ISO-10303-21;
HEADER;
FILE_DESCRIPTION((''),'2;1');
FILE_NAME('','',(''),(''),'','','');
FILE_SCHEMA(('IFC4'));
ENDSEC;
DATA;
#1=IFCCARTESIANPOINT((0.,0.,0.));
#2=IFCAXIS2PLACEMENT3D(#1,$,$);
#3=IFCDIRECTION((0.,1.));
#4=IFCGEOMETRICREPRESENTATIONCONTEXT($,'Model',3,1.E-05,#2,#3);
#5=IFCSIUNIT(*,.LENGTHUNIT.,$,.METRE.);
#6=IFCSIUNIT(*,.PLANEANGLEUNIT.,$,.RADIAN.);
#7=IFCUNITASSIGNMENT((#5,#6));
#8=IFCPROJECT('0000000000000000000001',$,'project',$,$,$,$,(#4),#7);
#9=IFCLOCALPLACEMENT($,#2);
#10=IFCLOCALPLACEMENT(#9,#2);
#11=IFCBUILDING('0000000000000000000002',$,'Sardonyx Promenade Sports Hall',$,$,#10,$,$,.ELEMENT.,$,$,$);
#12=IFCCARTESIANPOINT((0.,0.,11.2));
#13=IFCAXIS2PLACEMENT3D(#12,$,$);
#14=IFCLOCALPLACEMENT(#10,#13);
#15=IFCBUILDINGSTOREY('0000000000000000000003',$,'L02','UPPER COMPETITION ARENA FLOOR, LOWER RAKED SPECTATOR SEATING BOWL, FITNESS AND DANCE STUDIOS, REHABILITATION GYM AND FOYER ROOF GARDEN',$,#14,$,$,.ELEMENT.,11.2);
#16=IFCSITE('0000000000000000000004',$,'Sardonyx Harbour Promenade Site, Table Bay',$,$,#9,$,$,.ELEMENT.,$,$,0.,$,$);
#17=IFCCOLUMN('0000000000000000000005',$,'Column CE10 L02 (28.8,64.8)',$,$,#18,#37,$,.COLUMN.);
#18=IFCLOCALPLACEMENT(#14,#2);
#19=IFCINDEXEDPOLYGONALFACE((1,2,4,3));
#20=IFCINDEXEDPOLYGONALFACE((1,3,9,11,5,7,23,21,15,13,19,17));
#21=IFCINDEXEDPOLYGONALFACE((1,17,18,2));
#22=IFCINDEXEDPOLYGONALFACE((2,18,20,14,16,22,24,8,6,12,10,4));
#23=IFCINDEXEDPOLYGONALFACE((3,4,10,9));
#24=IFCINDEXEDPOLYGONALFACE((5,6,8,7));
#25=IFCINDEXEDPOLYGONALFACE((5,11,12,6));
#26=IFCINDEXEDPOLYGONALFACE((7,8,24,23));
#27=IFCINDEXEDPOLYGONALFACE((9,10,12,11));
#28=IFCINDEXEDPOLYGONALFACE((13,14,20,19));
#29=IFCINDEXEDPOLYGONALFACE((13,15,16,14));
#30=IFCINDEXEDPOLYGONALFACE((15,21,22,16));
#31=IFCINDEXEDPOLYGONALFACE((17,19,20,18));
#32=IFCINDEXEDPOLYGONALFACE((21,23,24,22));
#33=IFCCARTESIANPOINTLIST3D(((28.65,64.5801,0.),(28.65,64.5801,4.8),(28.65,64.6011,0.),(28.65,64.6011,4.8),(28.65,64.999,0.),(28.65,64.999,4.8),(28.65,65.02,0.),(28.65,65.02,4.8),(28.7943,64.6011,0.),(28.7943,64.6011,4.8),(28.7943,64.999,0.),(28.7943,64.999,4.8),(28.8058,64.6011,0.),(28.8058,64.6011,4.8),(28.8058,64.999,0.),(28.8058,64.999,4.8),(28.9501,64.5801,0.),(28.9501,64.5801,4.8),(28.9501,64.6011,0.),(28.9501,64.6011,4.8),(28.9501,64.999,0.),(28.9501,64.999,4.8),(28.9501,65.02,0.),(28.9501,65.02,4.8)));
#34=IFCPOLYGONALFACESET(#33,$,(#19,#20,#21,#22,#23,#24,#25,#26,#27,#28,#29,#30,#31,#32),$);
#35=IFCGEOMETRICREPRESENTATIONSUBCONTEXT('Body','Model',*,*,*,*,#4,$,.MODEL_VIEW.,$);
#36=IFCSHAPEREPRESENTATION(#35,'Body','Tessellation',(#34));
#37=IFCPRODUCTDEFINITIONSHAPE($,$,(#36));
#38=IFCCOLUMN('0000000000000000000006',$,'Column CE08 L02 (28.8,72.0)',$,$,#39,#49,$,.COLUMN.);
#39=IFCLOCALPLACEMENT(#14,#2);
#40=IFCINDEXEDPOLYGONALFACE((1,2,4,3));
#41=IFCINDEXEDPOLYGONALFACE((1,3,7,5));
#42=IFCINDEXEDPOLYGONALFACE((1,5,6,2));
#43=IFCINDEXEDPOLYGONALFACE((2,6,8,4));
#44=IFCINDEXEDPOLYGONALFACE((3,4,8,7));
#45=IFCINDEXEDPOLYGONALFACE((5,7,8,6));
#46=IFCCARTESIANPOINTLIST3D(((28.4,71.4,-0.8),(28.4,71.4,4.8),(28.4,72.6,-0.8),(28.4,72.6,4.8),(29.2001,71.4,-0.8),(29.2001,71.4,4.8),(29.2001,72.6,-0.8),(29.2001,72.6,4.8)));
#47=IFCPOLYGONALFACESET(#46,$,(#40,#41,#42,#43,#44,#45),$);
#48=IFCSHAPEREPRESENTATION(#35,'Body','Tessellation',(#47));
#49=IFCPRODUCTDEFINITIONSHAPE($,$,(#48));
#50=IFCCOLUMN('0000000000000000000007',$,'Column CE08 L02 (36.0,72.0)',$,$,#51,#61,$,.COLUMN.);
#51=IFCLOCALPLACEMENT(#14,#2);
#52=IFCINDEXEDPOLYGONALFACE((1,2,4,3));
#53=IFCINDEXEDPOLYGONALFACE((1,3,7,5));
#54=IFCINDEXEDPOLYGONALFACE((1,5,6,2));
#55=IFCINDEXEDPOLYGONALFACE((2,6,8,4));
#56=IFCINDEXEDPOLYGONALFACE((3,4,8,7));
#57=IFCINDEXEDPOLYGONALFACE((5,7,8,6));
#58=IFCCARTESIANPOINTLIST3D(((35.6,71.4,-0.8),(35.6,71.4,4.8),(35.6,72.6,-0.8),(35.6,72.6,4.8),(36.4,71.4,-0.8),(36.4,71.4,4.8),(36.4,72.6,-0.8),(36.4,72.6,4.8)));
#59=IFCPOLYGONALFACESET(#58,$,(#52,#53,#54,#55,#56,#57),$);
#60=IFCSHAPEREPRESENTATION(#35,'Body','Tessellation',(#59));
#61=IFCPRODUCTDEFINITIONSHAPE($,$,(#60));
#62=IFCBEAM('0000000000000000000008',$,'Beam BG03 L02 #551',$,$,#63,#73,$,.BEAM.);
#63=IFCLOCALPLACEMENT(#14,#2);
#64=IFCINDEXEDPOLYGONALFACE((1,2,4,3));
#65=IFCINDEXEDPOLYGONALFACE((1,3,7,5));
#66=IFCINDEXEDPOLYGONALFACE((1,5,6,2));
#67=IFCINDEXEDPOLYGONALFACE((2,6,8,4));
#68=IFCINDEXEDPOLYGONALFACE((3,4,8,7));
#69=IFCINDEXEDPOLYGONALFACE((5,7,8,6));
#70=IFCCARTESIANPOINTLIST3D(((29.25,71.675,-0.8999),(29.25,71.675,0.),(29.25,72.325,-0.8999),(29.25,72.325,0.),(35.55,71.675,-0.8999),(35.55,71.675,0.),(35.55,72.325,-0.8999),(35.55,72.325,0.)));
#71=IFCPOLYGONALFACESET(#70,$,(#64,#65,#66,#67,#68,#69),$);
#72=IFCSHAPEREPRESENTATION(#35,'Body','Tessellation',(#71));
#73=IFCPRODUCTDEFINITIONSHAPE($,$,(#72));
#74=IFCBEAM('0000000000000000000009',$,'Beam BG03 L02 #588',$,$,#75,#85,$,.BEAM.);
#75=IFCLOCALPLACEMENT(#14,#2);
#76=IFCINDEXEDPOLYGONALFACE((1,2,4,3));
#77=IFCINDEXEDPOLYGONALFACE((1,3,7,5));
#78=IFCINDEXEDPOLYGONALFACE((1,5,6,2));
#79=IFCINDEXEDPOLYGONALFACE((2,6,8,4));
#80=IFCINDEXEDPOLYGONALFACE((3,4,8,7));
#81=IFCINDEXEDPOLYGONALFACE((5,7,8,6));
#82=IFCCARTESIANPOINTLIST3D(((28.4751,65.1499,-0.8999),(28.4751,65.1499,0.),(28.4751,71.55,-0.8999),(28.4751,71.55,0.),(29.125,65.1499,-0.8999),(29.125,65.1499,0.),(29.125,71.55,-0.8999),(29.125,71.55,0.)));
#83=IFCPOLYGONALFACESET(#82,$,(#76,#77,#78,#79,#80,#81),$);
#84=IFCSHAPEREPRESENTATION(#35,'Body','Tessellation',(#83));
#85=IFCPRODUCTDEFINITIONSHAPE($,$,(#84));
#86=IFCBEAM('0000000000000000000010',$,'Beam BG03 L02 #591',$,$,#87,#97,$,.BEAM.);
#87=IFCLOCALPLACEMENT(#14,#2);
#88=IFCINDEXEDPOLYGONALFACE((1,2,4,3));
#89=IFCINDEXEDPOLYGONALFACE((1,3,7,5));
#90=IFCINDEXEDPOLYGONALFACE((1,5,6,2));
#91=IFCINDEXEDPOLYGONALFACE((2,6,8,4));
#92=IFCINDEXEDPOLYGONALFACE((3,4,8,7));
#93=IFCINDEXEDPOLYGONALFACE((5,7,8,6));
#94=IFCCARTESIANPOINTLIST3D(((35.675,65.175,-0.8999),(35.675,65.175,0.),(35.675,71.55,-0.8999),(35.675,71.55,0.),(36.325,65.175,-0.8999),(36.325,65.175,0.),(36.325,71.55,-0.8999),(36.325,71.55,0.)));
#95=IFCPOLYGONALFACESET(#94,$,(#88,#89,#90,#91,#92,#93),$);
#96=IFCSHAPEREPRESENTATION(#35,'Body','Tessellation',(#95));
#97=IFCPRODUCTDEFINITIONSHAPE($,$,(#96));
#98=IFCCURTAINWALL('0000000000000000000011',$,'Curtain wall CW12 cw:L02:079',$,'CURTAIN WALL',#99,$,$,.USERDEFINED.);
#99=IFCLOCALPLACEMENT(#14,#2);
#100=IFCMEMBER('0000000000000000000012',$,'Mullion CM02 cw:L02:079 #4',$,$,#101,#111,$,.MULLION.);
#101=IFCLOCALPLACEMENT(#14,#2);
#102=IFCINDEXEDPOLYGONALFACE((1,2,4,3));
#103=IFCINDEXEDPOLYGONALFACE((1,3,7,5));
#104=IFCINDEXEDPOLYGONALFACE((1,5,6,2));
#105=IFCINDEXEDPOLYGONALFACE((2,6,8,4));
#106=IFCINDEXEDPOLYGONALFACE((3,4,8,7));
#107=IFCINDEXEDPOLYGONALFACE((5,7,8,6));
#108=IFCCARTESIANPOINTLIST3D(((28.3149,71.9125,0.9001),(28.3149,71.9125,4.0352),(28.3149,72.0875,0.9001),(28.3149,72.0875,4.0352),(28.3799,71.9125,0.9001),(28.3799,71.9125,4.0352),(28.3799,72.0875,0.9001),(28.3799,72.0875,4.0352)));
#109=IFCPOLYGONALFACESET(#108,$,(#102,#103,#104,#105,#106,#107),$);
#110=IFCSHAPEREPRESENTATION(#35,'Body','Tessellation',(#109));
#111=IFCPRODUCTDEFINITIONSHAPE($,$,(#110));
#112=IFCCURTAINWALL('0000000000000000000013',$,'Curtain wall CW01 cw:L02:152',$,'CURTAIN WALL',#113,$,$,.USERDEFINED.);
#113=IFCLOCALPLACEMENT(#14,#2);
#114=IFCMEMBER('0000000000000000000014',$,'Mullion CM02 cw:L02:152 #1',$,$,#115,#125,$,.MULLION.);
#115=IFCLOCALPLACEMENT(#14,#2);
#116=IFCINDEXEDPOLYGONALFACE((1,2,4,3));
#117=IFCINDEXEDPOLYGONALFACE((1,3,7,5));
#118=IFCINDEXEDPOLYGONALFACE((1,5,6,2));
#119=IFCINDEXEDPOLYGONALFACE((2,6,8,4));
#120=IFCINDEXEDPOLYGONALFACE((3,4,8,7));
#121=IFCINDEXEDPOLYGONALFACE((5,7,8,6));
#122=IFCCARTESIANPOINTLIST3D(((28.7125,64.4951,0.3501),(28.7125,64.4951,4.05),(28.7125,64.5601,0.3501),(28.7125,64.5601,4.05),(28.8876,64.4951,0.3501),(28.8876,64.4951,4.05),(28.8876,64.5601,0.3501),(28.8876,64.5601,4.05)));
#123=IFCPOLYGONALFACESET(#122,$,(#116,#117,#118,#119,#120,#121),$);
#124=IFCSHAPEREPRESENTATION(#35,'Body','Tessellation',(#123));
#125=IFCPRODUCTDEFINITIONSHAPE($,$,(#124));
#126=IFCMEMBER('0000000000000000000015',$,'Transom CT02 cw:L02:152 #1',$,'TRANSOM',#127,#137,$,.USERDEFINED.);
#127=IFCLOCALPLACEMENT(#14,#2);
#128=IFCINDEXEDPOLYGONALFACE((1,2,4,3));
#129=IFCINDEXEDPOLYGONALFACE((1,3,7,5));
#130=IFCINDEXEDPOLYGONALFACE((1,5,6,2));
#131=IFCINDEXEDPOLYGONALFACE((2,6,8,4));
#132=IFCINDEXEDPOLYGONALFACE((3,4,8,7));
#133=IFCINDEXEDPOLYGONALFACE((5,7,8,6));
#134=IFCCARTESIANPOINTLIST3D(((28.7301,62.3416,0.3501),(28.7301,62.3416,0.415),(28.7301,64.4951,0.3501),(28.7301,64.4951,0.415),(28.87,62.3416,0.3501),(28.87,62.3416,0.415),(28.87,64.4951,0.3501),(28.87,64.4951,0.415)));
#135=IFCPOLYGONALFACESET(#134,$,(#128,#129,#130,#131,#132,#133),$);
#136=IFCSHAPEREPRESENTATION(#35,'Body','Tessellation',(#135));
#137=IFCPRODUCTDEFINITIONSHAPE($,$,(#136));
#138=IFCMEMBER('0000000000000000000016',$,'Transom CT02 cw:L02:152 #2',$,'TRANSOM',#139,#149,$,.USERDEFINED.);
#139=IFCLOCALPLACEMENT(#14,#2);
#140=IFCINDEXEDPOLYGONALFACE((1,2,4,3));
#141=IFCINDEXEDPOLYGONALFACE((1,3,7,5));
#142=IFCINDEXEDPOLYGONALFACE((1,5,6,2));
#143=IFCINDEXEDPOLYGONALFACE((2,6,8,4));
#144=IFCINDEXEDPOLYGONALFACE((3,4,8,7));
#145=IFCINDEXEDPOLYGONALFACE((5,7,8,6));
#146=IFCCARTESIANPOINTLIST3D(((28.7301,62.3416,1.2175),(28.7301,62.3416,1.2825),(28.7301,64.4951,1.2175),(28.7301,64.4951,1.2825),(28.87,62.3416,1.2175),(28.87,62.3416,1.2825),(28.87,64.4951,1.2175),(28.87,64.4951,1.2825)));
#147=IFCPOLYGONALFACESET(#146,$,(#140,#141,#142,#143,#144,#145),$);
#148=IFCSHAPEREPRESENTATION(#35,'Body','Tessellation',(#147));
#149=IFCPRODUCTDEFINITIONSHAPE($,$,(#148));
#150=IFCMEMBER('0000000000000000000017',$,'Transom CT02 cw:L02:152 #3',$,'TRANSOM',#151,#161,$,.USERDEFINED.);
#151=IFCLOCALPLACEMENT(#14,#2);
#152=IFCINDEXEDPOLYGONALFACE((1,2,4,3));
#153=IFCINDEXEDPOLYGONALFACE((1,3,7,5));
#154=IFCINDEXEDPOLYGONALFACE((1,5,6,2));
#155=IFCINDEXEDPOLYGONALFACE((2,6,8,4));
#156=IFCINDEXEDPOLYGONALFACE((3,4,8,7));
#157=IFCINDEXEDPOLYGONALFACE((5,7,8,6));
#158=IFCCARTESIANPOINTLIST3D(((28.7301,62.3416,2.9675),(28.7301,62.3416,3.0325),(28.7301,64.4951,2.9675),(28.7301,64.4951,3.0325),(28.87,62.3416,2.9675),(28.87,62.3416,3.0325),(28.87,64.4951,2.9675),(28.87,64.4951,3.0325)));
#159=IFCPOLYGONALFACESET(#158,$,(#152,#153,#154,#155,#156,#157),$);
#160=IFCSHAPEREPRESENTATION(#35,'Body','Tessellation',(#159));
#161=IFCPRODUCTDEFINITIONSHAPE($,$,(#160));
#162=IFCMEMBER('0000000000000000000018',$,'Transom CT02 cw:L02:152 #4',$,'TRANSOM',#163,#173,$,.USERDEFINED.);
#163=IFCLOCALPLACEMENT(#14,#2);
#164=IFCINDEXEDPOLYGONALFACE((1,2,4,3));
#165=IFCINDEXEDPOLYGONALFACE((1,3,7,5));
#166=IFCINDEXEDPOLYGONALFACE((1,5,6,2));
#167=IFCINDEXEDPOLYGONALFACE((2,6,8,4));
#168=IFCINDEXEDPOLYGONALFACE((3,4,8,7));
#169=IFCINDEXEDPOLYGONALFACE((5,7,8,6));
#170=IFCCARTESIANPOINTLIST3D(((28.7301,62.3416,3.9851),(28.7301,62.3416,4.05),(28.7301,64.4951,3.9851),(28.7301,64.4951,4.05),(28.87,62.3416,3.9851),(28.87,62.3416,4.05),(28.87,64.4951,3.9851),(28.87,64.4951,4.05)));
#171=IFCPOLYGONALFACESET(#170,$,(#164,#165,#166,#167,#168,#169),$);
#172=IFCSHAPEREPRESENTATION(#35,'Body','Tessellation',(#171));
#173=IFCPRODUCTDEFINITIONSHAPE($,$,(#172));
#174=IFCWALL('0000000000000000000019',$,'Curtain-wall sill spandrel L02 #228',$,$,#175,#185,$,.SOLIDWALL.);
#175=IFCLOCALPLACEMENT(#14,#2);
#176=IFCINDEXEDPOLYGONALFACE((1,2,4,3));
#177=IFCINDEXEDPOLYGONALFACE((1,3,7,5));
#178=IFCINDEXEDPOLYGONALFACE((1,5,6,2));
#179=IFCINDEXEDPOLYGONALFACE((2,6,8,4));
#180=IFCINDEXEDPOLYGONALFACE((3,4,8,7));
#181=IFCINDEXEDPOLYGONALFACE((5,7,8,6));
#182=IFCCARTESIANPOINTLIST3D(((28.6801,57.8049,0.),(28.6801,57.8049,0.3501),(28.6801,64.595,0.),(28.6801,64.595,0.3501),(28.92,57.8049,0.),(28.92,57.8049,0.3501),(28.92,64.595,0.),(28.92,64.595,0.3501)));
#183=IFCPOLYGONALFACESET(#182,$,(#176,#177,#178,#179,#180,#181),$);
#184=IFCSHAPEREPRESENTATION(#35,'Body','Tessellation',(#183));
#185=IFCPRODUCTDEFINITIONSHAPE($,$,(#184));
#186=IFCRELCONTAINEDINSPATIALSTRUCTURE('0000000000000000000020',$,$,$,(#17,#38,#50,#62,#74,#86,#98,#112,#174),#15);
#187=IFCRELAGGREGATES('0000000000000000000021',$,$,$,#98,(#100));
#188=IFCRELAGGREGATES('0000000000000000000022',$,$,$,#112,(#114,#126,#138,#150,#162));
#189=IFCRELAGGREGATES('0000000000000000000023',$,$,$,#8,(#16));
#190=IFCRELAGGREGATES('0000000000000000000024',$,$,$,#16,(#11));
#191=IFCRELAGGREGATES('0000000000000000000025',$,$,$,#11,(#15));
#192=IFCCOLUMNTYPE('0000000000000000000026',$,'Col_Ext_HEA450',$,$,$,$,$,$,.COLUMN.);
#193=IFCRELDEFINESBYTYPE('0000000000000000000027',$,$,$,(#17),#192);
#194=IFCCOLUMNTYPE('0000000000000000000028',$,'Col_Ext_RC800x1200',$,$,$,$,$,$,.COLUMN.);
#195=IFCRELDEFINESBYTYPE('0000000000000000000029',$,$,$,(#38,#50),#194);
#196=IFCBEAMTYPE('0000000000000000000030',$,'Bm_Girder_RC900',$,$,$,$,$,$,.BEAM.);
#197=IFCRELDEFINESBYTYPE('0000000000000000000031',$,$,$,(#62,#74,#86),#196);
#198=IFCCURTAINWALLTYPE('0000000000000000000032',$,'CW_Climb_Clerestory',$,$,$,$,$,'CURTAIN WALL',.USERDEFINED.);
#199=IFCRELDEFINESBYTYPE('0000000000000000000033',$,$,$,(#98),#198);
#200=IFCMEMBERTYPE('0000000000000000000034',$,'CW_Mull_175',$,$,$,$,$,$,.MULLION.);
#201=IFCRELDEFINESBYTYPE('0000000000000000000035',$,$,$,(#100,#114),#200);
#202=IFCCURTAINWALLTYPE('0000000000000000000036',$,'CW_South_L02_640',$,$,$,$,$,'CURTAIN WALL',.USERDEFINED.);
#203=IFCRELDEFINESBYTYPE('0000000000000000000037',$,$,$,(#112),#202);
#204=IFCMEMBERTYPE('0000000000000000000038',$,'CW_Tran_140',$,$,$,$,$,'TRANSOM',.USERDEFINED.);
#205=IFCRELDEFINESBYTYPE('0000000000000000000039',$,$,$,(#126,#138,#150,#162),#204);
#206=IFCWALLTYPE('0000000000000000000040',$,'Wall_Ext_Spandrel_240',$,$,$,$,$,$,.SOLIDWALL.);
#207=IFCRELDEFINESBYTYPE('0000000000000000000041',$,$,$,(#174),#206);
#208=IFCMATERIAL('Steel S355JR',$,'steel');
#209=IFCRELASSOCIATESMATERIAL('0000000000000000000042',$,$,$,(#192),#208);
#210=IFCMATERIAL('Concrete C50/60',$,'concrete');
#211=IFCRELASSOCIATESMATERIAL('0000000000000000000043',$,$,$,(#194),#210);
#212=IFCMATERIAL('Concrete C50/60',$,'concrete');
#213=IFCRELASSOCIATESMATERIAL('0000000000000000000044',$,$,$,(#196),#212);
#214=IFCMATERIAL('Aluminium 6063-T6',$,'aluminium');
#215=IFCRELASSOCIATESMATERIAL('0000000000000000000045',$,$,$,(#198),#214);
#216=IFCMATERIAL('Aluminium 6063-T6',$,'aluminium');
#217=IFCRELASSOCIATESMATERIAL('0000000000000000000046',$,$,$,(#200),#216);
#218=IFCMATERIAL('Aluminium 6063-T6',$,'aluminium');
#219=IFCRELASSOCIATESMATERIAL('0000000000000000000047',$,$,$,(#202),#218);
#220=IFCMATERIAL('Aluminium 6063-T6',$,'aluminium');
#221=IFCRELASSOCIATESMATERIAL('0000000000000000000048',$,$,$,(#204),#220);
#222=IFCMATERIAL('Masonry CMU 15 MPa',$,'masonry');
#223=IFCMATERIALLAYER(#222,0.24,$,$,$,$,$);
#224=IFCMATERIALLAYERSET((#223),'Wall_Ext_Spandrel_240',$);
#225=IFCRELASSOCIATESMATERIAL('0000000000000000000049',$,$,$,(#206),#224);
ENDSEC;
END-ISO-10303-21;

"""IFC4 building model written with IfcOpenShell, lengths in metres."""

from ifc_helpers import new_model, si_unit, direction, frame, frame_2d, origin, origin_2d, place, context, subcontext, project, spatial, rectangle, i_section, extrude, material, layer, layer_set, material_profile, profile_set, type_object, element, aggregate, save


model = new_model("IFC4")

# Units and contexts
model_context = context("Model", 3, precision=1e-05, world=origin(), true_north=direction((0.0, 1.0)))
body_context = subcontext(model_context, "Body", "Model", "MODEL_VIEW")
ifc_project = project(units=[si_unit("LENGTHUNIT", "METRE"), si_unit("PLANEANGLEUNIT", "RADIAN")], contexts=[model_context])

# Site, building, storey
site_placement = place(None, origin())
site = spatial("IfcSite", under=ifc_project, at=site_placement, Name="Sardonyx Harbour Promenade Site, Table Bay", CompositionType="ELEMENT", RefElevation=0.0)
building_placement = place(site_placement, origin())
building = spatial("IfcBuilding", under=site, at=building_placement, Name="Sardonyx Promenade Sports Hall", CompositionType="ELEMENT")
storey_placement = place(building_placement, frame((0.0, 0.0, 11.2)))
storey = spatial("IfcBuildingStorey", under=building, at=storey_placement, Name="L02", Description="UPPER COMPETITION ARENA FLOOR, LOWER RAKED SPECTATOR SEATING BOWL, FITNESS AND DANCE STUDIOS, REHABILITATION GYM AND FOYER ROOF GARDEN", CompositionType="ELEMENT", Elevation=11.2)

# Columns
ifc_material_1 = material(Name="Steel S355JR", Category="steel")
ifc_material_profile_1 = material_profile(ifc_material_1, i_section(OverallWidth=0.3, OverallDepth=0.4399, WebThickness=0.0115, FlangeThickness=0.021, at=origin_2d()))
ifc_profile_set_1 = profile_set([ifc_material_profile_1], Name="Steel S355JR")
column_type_1 = type_object("IfcColumnType", Name="Col_Ext_HEA450", PredefinedType="COLUMN", material=ifc_profile_set_1)
column_placement = place(storey_placement, frame((28.8, 64.8, 0.0), z_axis=(0.0, 0.0, 1.0), x_axis=(1.0, 0.0, 0.0)))
element("IfcColumn", 1, at=column_placement, inside=storey, type_object=column_type_1, Name="Column CE10 L02 (28.8,64.8)", PredefinedType="COLUMN", context=body_context, shape_type="SweptSolid", body=[
    extrude(i_section(OverallWidth=0.3, OverallDepth=0.4399, WebThickness=0.0115, FlangeThickness=0.021, at=origin_2d()), origin(), (0.0, 0.0, 1.0), 4.8),
])
ifc_material_2 = material(Name="Concrete C50/60", Category="concrete")
ifc_material_profile_2 = material_profile(ifc_material_2, rectangle(XDim=0.8, YDim=1.2, at=origin_2d()))
ifc_profile_set_2 = profile_set([ifc_material_profile_2], Name="Concrete C50/60")
column_type_2 = type_object("IfcColumnType", Name="Col_Ext_RC800x1200", PredefinedType="COLUMN", material=ifc_profile_set_2)
for number, where, z_axis, x_axis, name in (
    (2, (28.8, 72.0, -0.8), (0.0, 0.0, 1.0), (1.0, 0.0, 0.0), "Column CE08 L02 (28.8,72.0)"),
    (3, (36.0, 72.0, -0.8), (0.0, 0.0, 1.0), (1.0, 0.0, 0.0), "Column CE08 L02 (36.0,72.0)"),
):
    element("IfcColumn", number, at=place(storey_placement, frame(where, z_axis=z_axis, x_axis=x_axis)), inside=storey, type_object=column_type_2, Name=name, PredefinedType="COLUMN", context=body_context, shape_type="SweptSolid", body=[
        extrude(rectangle(XDim=0.8, YDim=1.2, at=origin_2d()), origin(), (0.0, 0.0, 1.0), 5.6001),
    ])

# Beams
ifc_material_3 = material(Name="Concrete C50/60", Category="concrete")
ifc_material_profile_3 = material_profile(ifc_material_3, rectangle(XDim=0.6499, YDim=0.8999, at=origin_2d()))
ifc_profile_set_3 = profile_set([ifc_material_profile_3], Name="Concrete C50/60")
beam_type = type_object("IfcBeamType", Name="Bm_Girder_RC900", PredefinedType="BEAM", material=ifc_profile_set_3)
beam_1_placement = place(storey_placement, frame((29.25, 72.0, -0.45), z_axis=(1.0, 0.0, 0.0), x_axis=(0.0, 1.0, 0.0)))
element("IfcBeam", 4, at=beam_1_placement, inside=storey, type_object=beam_type, Name="Beam BG03 L02 #551", PredefinedType="BEAM", context=body_context, shape_type="SweptSolid", body=[
    extrude(rectangle(XDim=0.6499, YDim=0.8999, at=origin_2d()), origin(), (0.0, 0.0, 1.0), 6.3),
])
beam_2_placement = place(storey_placement, frame((28.8, 65.1499, -0.45), z_axis=(0.0, 1.0, 0.0), x_axis=(-1.0, 0.0, 0.0)))
element("IfcBeam", 5, at=beam_2_placement, inside=storey, type_object=beam_type, Name="Beam BG03 L02 #588", PredefinedType="BEAM", context=body_context, shape_type="SweptSolid", body=[
    extrude(rectangle(XDim=0.6499, YDim=0.8999, at=origin_2d()), origin(), (0.0, 0.0, 1.0), 6.4001),
])
beam_3_placement = place(storey_placement, frame((36.0, 65.175, -0.45), z_axis=(0.0, 1.0, 0.0), x_axis=(-1.0, 0.0, 0.0)))
element("IfcBeam", 6, at=beam_3_placement, inside=storey, type_object=beam_type, Name="Beam BG03 L02 #591", PredefinedType="BEAM", context=body_context, shape_type="SweptSolid", body=[
    extrude(rectangle(XDim=0.6499, YDim=0.8999, at=origin_2d()), origin(), (0.0, 0.0, 1.0), 6.375),
])

# Curtain wall, member
ifc_material_4 = material(Name="Aluminium 6063-T6", Category="aluminium")
curtain_wall_type_1 = type_object("IfcCurtainWallType", Name="CW_Climb_Clerestory", ElementType="CURTAIN WALL", PredefinedType="USERDEFINED", material=ifc_material_4)
curtain_wall_1_placement = place(storey_placement, origin())
curtain_wall_1 = element("IfcCurtainWall", 7, at=curtain_wall_1_placement, inside=storey, type_object=curtain_wall_type_1, Name="Curtain wall CW12 cw:L02:079", ObjectType="CURTAIN WALL", PredefinedType="USERDEFINED")
ifc_material_5 = material(Name="Aluminium 6063-T6", Category="aluminium")
ifc_material_profile_4 = material_profile(ifc_material_5, rectangle(XDim=0.0649, YDim=0.175, at=origin_2d()))
ifc_profile_set_4 = profile_set([ifc_material_profile_4], Name="Aluminium 6063-T6")
member_type_1 = type_object("IfcMemberType", Name="CW_Mull_175", PredefinedType="MULLION", material=ifc_profile_set_4)
member_1_placement = place(storey_placement, frame((28.3474, 72.0, 0.9001), z_axis=(0.0, 0.0, 1.0), x_axis=(1.0, 0.0, 0.0)))
member_1 = element("IfcMember", 8, at=member_1_placement, type_object=member_type_1, Name="Mullion CM02 cw:L02:079 #4", PredefinedType="MULLION", context=body_context, shape_type="SweptSolid", body=[
    extrude(rectangle(XDim=0.0649, YDim=0.175, at=origin_2d()), origin(), (0.0, 0.0, 1.0), 3.135),
])
aggregate(curtain_wall_1, [member_1])

# Curtain wall, members
ifc_material_6 = material(Name="Aluminium 6063-T6", Category="aluminium")
curtain_wall_type_2 = type_object("IfcCurtainWallType", Name="CW_South_L02_640", ElementType="CURTAIN WALL", PredefinedType="USERDEFINED", material=ifc_material_6)
curtain_wall_2_placement = place(storey_placement, origin())
curtain_wall_2 = element("IfcCurtainWall", 9, at=curtain_wall_2_placement, inside=storey, type_object=curtain_wall_type_2, Name="Curtain wall CW01 cw:L02:152", ObjectType="CURTAIN WALL", PredefinedType="USERDEFINED")
member_2_placement = place(storey_placement, frame((28.8, 64.5276, 0.3501), z_axis=(0.0, 0.0, 1.0), x_axis=(0.0, -1.0, 0.0)))
member_2 = element("IfcMember", 10, at=member_2_placement, type_object=member_type_1, Name="Mullion CM02 cw:L02:152 #1", PredefinedType="MULLION", context=body_context, shape_type="SweptSolid", body=[
    extrude(rectangle(XDim=0.0649, YDim=0.175, at=origin_2d()), origin(), (0.0, 0.0, 1.0), 3.7),
])
ifc_material_7 = material(Name="Aluminium 6063-T6", Category="aluminium")
ifc_material_profile_5 = material_profile(ifc_material_7, rectangle(XDim=0.0649, YDim=0.1399, at=origin_2d()))
ifc_profile_set_5 = profile_set([ifc_material_profile_5], Name="Aluminium 6063-T6")
member_type_2 = type_object("IfcMemberType", Name="CW_Tran_140", ElementType="TRANSOM", PredefinedType="USERDEFINED", material=ifc_profile_set_5)
member_3_placement = place(storey_placement, frame((28.8, 64.4951, 0.3826), z_axis=(0.0, -1.0, 0.0), x_axis=(0.0, 0.0, 1.0)))
member_3 = element("IfcMember", 11, at=member_3_placement, type_object=member_type_2, Name="Transom CT02 cw:L02:152 #1", ObjectType="TRANSOM", PredefinedType="USERDEFINED", context=body_context, shape_type="SweptSolid", body=[
    extrude(rectangle(XDim=0.0649, YDim=0.1399, at=origin_2d()), origin(), (0.0, 0.0, 1.0), 2.1536),
])
member_4_placement = place(storey_placement, frame((28.8, 64.4951, 1.25), z_axis=(0.0, -1.0, 0.0), x_axis=(0.0, 0.0, 1.0)))
member_4 = element("IfcMember", 12, at=member_4_placement, type_object=member_type_2, Name="Transom CT02 cw:L02:152 #2", ObjectType="TRANSOM", PredefinedType="USERDEFINED", context=body_context, shape_type="SweptSolid", body=[
    extrude(rectangle(XDim=0.0649, YDim=0.1399, at=origin_2d()), origin(), (0.0, 0.0, 1.0), 2.1536),
])
member_5_placement = place(storey_placement, frame((28.8, 64.4951, 3.0), z_axis=(0.0, -1.0, 0.0), x_axis=(0.0, 0.0, 1.0)))
member_5 = element("IfcMember", 13, at=member_5_placement, type_object=member_type_2, Name="Transom CT02 cw:L02:152 #3", ObjectType="TRANSOM", PredefinedType="USERDEFINED", context=body_context, shape_type="SweptSolid", body=[
    extrude(rectangle(XDim=0.0649, YDim=0.1399, at=origin_2d()), origin(), (0.0, 0.0, 1.0), 2.1536),
])
member_6_placement = place(storey_placement, frame((28.8, 64.4951, 4.0176), z_axis=(0.0, -1.0, 0.0), x_axis=(0.0, 0.0, 1.0)))
member_6 = element("IfcMember", 14, at=member_6_placement, type_object=member_type_2, Name="Transom CT02 cw:L02:152 #4", ObjectType="TRANSOM", PredefinedType="USERDEFINED", context=body_context, shape_type="SweptSolid", body=[
    extrude(rectangle(XDim=0.0649, YDim=0.1399, at=origin_2d()), origin(), (0.0, 0.0, 1.0), 2.1536),
])
aggregate(curtain_wall_2, [member_2, member_3, member_4, member_5, member_6])

# Wall
ifc_material_8 = material(Name="Masonry CMU 15 MPa", Category="masonry")
ifc_layer_1 = layer(ifc_material_8, 0.24)
ifc_layer_set_1 = layer_set([ifc_layer_1], Name="Wall_Ext_Spandrel_240")
wall_type_1 = type_object("IfcWallType", Name="Wall_Ext_Spandrel_240", PredefinedType="SOLIDWALL", material=ifc_layer_set_1)
wall_1_placement = place(storey_placement, frame((28.8, 64.595, 0.0), z_axis=(0.0, 0.0, 1.0), x_axis=(0.0, -1.0, 0.0)))
element("IfcWall", 15, at=wall_1_placement, inside=storey, type_object=wall_type_1, Name="Curtain-wall sill spandrel L02 #228", PredefinedType="SOLIDWALL", context=body_context, shape_type="SweptSolid", body=[
    extrude(rectangle(XDim=6.79, YDim=0.24, at=frame_2d((3.395, 0.0))), origin(), (0.0, 0.0, 1.0), 0.3501),
])

save(model, "model.ifc")
